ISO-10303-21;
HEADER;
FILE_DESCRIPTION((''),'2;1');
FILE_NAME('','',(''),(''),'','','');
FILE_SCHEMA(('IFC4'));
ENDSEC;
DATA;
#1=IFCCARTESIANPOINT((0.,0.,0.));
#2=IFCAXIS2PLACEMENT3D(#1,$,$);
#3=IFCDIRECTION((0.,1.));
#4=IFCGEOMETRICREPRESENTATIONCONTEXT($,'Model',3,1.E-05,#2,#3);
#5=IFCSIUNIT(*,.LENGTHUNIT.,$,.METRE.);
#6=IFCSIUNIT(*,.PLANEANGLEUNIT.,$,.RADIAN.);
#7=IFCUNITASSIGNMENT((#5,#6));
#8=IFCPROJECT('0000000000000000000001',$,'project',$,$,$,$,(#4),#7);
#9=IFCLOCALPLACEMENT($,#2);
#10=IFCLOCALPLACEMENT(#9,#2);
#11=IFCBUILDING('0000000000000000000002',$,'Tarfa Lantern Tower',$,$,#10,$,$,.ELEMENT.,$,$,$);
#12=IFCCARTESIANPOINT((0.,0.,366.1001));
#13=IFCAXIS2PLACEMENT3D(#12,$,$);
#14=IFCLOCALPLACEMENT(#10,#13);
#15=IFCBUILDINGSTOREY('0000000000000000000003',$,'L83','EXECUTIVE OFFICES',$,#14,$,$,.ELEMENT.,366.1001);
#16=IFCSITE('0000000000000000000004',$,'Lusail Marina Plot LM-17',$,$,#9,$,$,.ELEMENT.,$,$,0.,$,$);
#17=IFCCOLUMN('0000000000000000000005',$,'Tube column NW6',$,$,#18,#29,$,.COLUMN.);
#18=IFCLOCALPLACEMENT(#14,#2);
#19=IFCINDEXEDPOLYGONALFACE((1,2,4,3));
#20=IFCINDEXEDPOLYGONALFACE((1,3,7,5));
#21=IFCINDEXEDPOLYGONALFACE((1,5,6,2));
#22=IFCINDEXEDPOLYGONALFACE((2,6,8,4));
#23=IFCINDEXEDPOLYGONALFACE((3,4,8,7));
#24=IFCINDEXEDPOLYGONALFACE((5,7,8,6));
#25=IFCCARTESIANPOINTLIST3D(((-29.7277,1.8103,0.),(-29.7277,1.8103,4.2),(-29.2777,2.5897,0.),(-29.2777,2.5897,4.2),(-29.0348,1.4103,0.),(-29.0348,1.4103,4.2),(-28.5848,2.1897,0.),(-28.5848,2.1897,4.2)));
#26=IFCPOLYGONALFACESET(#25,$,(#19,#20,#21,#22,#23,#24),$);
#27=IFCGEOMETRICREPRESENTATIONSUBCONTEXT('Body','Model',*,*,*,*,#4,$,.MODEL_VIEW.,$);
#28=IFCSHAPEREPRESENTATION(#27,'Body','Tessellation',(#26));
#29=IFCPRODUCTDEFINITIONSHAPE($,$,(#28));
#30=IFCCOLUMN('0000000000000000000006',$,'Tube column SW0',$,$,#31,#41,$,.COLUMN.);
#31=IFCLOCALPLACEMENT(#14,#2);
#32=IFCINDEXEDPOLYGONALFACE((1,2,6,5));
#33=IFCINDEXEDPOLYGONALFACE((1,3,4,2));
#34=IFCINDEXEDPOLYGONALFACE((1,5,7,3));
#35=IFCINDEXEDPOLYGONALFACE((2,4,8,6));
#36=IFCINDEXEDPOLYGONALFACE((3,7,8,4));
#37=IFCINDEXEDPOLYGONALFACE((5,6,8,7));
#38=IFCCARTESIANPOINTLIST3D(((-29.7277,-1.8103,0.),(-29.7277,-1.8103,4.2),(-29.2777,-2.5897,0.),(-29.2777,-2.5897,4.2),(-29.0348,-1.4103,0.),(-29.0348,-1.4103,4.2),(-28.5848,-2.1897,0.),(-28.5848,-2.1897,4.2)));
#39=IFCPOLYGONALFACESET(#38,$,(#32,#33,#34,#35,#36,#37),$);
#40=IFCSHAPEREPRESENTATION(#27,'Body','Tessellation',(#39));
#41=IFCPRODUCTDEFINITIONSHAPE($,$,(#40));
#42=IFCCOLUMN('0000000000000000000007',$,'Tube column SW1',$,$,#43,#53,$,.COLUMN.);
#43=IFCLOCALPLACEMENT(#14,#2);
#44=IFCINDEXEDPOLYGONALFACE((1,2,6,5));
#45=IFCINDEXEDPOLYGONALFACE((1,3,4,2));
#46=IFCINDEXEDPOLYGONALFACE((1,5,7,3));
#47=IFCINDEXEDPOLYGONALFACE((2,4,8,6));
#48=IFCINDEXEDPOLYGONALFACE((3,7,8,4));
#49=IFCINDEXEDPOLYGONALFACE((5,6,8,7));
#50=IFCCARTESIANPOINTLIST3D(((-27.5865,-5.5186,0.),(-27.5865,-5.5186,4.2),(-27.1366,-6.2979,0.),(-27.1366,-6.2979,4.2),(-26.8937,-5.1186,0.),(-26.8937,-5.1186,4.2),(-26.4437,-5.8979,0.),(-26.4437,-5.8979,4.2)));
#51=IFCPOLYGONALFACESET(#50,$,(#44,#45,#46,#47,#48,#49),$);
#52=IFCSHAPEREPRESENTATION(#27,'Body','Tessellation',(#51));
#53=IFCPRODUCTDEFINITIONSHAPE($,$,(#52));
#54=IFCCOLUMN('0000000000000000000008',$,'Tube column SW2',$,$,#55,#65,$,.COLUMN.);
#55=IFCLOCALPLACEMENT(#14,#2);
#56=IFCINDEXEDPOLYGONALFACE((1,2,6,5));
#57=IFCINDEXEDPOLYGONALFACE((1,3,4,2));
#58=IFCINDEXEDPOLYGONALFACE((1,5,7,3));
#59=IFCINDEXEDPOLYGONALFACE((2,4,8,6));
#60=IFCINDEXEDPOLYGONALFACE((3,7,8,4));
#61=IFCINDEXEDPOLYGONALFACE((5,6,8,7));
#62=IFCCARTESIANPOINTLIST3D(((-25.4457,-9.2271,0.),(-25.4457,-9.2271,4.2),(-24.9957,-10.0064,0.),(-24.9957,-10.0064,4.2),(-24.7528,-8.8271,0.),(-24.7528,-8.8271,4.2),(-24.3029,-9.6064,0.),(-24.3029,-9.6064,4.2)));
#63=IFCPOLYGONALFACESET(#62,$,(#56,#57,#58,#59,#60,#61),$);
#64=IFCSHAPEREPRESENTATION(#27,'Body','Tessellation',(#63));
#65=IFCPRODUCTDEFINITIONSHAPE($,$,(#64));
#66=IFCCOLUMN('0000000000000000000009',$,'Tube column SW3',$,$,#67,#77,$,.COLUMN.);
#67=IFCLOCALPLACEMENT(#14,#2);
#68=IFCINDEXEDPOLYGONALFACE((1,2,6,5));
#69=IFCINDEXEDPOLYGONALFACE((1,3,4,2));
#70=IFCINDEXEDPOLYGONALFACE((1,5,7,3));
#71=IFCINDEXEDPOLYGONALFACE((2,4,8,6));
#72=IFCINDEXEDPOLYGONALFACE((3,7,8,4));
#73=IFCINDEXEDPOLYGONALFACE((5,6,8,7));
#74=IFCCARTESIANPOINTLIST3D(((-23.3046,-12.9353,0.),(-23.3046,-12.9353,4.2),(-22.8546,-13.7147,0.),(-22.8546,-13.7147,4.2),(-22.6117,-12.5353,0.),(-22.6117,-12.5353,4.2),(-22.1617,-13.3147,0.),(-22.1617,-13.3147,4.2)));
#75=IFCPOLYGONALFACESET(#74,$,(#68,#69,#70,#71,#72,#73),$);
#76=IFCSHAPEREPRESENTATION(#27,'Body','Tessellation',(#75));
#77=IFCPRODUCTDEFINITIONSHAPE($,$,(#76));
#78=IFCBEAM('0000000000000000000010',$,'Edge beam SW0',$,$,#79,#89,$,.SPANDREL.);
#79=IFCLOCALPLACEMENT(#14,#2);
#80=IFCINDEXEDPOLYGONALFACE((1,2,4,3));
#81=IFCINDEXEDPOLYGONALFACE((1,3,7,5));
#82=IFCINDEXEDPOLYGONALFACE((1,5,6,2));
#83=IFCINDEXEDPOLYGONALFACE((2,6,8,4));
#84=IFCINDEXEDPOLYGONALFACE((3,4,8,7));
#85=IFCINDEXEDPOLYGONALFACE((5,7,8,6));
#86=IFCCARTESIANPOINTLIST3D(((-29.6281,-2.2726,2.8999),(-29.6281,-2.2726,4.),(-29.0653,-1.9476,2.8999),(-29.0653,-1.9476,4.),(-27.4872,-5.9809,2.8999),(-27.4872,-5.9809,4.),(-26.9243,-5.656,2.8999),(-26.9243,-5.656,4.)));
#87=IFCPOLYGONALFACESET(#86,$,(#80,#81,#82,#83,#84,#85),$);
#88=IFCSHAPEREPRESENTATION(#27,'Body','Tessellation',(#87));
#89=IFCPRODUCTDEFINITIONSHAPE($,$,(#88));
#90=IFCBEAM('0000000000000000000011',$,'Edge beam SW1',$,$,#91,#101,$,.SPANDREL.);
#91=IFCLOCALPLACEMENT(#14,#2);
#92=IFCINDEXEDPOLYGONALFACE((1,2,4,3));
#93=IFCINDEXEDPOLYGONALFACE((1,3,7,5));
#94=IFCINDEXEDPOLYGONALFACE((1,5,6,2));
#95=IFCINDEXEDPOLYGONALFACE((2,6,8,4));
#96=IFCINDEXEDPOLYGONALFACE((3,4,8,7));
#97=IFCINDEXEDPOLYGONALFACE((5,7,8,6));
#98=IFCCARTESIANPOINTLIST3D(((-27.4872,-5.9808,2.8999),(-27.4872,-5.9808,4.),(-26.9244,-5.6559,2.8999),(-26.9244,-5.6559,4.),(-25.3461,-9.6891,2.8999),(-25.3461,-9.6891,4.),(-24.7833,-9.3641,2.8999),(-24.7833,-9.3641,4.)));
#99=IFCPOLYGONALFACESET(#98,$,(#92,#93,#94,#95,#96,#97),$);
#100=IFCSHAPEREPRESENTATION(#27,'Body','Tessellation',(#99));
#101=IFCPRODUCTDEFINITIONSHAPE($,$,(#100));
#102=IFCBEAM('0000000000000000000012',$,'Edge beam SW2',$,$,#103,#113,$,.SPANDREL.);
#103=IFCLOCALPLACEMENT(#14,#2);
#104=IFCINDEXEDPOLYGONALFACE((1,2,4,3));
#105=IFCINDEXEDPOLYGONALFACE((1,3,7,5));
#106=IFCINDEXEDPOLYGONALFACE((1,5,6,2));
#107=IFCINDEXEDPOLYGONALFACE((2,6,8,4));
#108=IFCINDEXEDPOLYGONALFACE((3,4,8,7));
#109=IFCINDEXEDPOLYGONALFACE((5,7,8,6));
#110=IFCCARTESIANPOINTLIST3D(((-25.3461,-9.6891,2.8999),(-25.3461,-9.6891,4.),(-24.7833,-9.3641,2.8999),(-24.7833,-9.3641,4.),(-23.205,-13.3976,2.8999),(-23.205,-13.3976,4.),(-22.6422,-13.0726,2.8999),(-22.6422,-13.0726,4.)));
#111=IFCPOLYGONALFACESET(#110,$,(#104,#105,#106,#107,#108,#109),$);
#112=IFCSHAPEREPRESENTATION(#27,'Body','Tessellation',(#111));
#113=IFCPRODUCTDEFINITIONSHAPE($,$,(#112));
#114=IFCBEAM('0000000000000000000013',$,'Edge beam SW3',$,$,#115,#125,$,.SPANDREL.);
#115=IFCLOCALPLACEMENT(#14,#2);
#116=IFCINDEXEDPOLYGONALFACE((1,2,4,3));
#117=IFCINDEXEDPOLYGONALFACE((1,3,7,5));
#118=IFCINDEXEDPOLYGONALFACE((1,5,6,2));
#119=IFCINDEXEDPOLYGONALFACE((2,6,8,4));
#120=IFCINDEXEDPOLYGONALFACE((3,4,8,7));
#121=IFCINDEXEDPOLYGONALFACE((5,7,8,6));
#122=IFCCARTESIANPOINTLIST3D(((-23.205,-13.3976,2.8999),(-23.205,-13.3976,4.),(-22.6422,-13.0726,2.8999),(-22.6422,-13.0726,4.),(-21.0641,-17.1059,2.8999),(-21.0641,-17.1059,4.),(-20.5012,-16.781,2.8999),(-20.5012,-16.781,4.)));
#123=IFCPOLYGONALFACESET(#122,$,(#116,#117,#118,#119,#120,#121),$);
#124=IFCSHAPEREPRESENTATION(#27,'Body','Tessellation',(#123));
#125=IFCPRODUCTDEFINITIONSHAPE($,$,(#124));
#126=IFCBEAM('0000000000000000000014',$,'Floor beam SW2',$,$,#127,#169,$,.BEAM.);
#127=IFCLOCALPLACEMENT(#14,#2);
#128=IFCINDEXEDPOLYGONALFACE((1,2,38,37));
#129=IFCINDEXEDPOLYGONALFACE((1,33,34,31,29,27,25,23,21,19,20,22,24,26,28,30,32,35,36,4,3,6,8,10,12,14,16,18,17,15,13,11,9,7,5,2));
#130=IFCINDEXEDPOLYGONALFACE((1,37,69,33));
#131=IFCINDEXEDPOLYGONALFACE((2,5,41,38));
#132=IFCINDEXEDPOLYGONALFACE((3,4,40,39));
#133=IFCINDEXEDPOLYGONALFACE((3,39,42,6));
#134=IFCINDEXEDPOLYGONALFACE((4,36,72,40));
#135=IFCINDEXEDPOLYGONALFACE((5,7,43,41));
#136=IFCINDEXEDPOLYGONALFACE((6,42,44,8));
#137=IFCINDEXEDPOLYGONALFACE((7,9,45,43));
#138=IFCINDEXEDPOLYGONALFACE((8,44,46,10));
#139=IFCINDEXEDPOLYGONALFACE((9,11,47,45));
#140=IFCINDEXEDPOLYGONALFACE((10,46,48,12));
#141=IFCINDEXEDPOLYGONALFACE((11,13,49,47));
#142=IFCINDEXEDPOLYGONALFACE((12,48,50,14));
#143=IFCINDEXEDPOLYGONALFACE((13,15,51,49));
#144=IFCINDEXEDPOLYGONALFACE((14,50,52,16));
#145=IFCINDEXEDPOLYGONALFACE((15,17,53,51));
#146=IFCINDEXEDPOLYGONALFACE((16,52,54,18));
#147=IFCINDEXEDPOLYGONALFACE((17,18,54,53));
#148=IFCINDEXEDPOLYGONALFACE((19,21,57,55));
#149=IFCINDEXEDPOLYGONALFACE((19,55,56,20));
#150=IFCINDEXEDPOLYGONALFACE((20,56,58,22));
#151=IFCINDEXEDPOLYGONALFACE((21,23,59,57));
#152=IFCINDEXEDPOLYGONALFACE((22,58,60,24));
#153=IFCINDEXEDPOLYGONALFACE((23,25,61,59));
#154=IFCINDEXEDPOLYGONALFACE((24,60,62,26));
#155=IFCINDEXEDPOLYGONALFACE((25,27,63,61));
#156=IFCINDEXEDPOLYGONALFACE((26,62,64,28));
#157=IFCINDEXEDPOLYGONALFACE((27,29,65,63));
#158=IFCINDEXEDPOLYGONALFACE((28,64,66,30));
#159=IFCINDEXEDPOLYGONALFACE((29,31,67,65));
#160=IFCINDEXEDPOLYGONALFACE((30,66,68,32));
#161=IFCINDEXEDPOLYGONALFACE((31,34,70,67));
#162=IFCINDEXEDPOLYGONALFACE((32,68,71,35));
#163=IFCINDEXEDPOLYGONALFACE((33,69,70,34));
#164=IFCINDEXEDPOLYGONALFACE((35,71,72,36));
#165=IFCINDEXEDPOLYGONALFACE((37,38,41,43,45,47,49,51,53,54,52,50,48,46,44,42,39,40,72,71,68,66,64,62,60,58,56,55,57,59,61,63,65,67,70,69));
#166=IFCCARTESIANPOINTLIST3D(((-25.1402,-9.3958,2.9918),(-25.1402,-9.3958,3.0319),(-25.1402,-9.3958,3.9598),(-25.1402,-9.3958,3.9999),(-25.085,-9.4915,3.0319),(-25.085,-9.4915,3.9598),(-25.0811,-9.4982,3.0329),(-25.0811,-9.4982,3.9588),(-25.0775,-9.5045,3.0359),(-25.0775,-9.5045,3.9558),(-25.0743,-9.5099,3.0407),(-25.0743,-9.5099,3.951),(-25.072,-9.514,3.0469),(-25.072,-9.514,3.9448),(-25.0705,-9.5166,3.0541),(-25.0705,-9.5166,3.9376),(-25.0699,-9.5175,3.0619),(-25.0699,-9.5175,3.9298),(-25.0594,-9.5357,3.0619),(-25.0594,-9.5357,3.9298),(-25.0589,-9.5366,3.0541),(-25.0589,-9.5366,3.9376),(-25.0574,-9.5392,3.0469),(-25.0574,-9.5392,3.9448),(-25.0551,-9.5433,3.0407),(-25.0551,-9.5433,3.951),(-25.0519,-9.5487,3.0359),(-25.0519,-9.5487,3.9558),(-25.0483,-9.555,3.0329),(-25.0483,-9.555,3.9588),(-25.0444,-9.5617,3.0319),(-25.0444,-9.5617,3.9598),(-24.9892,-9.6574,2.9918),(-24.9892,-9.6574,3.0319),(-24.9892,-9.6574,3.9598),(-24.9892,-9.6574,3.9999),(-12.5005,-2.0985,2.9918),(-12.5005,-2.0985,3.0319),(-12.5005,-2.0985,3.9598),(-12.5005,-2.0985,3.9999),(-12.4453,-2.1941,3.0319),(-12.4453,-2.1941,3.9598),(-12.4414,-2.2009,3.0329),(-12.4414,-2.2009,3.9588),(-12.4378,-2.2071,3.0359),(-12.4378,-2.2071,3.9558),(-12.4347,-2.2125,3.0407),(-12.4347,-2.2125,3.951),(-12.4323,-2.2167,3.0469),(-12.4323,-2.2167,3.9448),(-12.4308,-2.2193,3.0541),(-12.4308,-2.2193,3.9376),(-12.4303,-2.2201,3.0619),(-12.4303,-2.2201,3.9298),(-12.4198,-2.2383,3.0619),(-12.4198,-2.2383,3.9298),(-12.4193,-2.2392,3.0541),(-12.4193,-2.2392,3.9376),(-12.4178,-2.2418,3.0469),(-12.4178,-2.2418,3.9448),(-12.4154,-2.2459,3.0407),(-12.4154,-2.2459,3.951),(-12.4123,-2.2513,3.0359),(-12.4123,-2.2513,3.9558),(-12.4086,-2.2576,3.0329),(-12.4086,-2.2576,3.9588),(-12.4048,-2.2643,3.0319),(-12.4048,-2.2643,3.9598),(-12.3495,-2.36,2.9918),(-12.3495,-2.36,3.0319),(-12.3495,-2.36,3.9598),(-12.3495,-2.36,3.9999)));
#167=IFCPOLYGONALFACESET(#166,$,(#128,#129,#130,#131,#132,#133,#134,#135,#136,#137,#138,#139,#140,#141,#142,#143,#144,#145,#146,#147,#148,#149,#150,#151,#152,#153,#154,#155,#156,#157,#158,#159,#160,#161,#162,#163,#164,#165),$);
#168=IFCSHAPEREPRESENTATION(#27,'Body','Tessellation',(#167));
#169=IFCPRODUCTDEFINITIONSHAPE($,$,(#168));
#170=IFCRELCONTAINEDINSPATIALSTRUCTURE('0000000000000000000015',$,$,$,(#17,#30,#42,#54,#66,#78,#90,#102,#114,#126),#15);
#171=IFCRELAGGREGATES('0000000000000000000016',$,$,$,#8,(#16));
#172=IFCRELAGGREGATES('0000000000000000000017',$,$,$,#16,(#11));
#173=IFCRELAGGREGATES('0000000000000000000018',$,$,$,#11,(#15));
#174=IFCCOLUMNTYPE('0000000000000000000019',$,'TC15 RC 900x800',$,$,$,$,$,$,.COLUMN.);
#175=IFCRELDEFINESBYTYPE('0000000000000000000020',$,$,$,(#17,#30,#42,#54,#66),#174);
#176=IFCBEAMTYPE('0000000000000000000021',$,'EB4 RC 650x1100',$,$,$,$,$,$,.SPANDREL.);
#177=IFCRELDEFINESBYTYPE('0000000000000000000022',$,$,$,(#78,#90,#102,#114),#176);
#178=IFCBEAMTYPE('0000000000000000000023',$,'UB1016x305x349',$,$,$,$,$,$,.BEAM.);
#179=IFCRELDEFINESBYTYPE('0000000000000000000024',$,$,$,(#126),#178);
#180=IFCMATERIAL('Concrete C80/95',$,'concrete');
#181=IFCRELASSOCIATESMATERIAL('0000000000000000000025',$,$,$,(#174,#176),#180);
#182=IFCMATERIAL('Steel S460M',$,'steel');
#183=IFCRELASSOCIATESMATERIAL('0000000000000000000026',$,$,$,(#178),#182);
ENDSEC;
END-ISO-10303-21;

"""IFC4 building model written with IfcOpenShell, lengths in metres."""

from ifc_helpers import new_model, si_unit, direction, frame, origin, origin_2d, place, context, subcontext, project, spatial, rectangle, i_section, extrude, material, material_profile, profile_set, type_object, element, save


model = new_model("IFC4")

# Units and contexts
model_context = context("Model", 3, precision=1e-05, world=origin(), true_north=direction((0.0, 1.0)))
body_context = subcontext(model_context, "Body", "Model", "MODEL_VIEW")
ifc_project = project(units=[si_unit("LENGTHUNIT", "METRE"), si_unit("PLANEANGLEUNIT", "RADIAN")], contexts=[model_context])

# Site, building, storey
site_placement = place(None, origin())
site = spatial("IfcSite", under=ifc_project, at=site_placement, Name="Lusail Marina Plot LM-17", CompositionType="ELEMENT", RefElevation=0.0)
building_placement = place(site_placement, origin())
building = spatial("IfcBuilding", under=site, at=building_placement, Name="Tarfa Lantern Tower", CompositionType="ELEMENT")
storey_placement = place(building_placement, frame((0.0, 0.0, 366.1001)))
storey = spatial("IfcBuildingStorey", under=building, at=storey_placement, Name="L83", Description="EXECUTIVE OFFICES", CompositionType="ELEMENT", Elevation=366.1001)

# Columns
ifc_material_1 = material(Name="Concrete C80/95", Category="concrete")
ifc_material_profile_1 = material_profile(ifc_material_1, rectangle(XDim=0.8999, YDim=0.8, at=origin_2d()), Name="RC 900x800")
ifc_profile_set_1 = profile_set([ifc_material_profile_1], Name="Concrete C80/95")
column_type = type_object("IfcColumnType", Name="TC15 RC 900x800", PredefinedType="COLUMN", material=ifc_profile_set_1)
for number, where, z_axis, x_axis, name in (
    (1, (-29.1562, 2.0, 0.0), (0.0, 0.0, 1.0), (-0.5, -0.866025, 0.0), "Tube column NW6"),
    (2, (-29.1562, -2.0, 0.0), (0.0, 0.0, 1.0), (0.5, -0.866025, 0.0), "Tube column SW0"),
    (3, (-27.0151, -5.7083, 0.0), (0.0, 0.0, 1.0), (0.5, -0.866025, 0.0), "Tube column SW1"),
    (4, (-24.8743, -9.4167, 0.0), (0.0, 0.0, 1.0), (0.5, -0.866025, 0.0), "Tube column SW2"),
    (5, (-22.7332, -13.125, 0.0), (0.0, 0.0, 1.0), (0.5, -0.866025, 0.0), "Tube column SW3"),
):
    element("IfcColumn", number, at=place(storey_placement, frame(where, z_axis=z_axis, x_axis=x_axis)), inside=storey, type_object=column_type, Name=name, PredefinedType="COLUMN", context=body_context, shape_type="SweptSolid", body=[
        extrude(rectangle(XDim=0.8999, YDim=0.8, at=origin_2d()), origin(), (0.0, 0.0, 1.0), 4.2),
    ])

# Beams
ifc_material_profile_2 = material_profile(ifc_material_1, rectangle(XDim=0.6499, YDim=1.1001, at=origin_2d()), Name="RC 650x1100")
ifc_profile_set_2 = profile_set([ifc_material_profile_2], Name="Concrete C80/95")
beam_type_1 = type_object("IfcBeamType", Name="EB4 RC 650x1100", PredefinedType="SPANDREL", material=ifc_profile_set_2)
for number, where, z_axis, x_axis, name in (
    (6, (-29.3467, -2.1101, 3.45), (0.499984, -0.866035, 0.0), (0.866035, 0.499984, 0.0), "Edge beam SW0"),
    (7, (-27.2058, -5.8184, 3.45), (0.500027, -0.86601, 0.0), (0.86601, 0.500027, 0.0), "Edge beam SW1"),
):
    element("IfcBeam", number, at=place(storey_placement, frame(where, z_axis=z_axis, x_axis=x_axis)), inside=storey, type_object=beam_type_1, Name=name, PredefinedType="SPANDREL", context=body_context, shape_type="SweptSolid", body=[
        extrude(rectangle(XDim=0.6499, YDim=1.1001, at=origin_2d()), origin(), (0.0, 0.0, 1.0), 4.282),
    ])
beam_1_placement = place(storey_placement, frame((-25.0647, -9.5266, 3.45), z_axis=(0.500002, -0.866024, 0.0), x_axis=(0.866024, 0.500002, 0.0)))
element("IfcBeam", 8, at=beam_1_placement, inside=storey, type_object=beam_type_1, Name="Edge beam SW2", PredefinedType="SPANDREL", context=body_context, shape_type="SweptSolid", body=[
    extrude(rectangle(XDim=0.6499, YDim=1.1001, at=origin_2d()), origin(), (0.0, 0.0, 1.0), 4.2822),
])
beam_2_placement = place(storey_placement, frame((-22.9236, -13.2351, 3.45), z_axis=(0.499984, -0.866035, 0.0), x_axis=(0.866035, 0.499984, 0.0)))
element("IfcBeam", 9, at=beam_2_placement, inside=storey, type_object=beam_type_1, Name="Edge beam SW3", PredefinedType="SPANDREL", context=body_context, shape_type="SweptSolid", body=[
    extrude(rectangle(XDim=0.6499, YDim=1.1001, at=origin_2d()), origin(), (0.0, 0.0, 1.0), 4.282),
])
ifc_material_2 = material(Name="Steel S460M", Category="steel")
ifc_material_profile_3 = material_profile(ifc_material_2, i_section(OverallWidth=0.302, OverallDepth=1.0081, WebThickness=0.021, FlangeThickness=0.04, FilletRadius=0.03, at=origin_2d()), Name="UB1016x305x349")
ifc_profile_set_3 = profile_set([ifc_material_profile_3], Name="Steel S460M")
beam_type_2 = type_object("IfcBeamType", Name="UB1016x305x349", PredefinedType="BEAM", material=ifc_profile_set_3)
beam_3_placement = place(storey_placement, frame((-25.0647, -9.5266, 3.4958), z_axis=(0.86603, 0.499993, 0.0), x_axis=(-0.499993, 0.86603, 0.0)))
element("IfcBeam", 10, at=beam_3_placement, inside=storey, type_object=beam_type_2, Name="Floor beam SW2", PredefinedType="BEAM", context=body_context, shape_type="SweptSolid", body=[
    extrude(i_section(OverallWidth=0.302, OverallDepth=1.0081, WebThickness=0.021, FlangeThickness=0.04, FilletRadius=0.03, at=origin_2d()), origin(), (0.0, 0.0, 1.0), 14.595),
])

save(model, "model.ifc")
